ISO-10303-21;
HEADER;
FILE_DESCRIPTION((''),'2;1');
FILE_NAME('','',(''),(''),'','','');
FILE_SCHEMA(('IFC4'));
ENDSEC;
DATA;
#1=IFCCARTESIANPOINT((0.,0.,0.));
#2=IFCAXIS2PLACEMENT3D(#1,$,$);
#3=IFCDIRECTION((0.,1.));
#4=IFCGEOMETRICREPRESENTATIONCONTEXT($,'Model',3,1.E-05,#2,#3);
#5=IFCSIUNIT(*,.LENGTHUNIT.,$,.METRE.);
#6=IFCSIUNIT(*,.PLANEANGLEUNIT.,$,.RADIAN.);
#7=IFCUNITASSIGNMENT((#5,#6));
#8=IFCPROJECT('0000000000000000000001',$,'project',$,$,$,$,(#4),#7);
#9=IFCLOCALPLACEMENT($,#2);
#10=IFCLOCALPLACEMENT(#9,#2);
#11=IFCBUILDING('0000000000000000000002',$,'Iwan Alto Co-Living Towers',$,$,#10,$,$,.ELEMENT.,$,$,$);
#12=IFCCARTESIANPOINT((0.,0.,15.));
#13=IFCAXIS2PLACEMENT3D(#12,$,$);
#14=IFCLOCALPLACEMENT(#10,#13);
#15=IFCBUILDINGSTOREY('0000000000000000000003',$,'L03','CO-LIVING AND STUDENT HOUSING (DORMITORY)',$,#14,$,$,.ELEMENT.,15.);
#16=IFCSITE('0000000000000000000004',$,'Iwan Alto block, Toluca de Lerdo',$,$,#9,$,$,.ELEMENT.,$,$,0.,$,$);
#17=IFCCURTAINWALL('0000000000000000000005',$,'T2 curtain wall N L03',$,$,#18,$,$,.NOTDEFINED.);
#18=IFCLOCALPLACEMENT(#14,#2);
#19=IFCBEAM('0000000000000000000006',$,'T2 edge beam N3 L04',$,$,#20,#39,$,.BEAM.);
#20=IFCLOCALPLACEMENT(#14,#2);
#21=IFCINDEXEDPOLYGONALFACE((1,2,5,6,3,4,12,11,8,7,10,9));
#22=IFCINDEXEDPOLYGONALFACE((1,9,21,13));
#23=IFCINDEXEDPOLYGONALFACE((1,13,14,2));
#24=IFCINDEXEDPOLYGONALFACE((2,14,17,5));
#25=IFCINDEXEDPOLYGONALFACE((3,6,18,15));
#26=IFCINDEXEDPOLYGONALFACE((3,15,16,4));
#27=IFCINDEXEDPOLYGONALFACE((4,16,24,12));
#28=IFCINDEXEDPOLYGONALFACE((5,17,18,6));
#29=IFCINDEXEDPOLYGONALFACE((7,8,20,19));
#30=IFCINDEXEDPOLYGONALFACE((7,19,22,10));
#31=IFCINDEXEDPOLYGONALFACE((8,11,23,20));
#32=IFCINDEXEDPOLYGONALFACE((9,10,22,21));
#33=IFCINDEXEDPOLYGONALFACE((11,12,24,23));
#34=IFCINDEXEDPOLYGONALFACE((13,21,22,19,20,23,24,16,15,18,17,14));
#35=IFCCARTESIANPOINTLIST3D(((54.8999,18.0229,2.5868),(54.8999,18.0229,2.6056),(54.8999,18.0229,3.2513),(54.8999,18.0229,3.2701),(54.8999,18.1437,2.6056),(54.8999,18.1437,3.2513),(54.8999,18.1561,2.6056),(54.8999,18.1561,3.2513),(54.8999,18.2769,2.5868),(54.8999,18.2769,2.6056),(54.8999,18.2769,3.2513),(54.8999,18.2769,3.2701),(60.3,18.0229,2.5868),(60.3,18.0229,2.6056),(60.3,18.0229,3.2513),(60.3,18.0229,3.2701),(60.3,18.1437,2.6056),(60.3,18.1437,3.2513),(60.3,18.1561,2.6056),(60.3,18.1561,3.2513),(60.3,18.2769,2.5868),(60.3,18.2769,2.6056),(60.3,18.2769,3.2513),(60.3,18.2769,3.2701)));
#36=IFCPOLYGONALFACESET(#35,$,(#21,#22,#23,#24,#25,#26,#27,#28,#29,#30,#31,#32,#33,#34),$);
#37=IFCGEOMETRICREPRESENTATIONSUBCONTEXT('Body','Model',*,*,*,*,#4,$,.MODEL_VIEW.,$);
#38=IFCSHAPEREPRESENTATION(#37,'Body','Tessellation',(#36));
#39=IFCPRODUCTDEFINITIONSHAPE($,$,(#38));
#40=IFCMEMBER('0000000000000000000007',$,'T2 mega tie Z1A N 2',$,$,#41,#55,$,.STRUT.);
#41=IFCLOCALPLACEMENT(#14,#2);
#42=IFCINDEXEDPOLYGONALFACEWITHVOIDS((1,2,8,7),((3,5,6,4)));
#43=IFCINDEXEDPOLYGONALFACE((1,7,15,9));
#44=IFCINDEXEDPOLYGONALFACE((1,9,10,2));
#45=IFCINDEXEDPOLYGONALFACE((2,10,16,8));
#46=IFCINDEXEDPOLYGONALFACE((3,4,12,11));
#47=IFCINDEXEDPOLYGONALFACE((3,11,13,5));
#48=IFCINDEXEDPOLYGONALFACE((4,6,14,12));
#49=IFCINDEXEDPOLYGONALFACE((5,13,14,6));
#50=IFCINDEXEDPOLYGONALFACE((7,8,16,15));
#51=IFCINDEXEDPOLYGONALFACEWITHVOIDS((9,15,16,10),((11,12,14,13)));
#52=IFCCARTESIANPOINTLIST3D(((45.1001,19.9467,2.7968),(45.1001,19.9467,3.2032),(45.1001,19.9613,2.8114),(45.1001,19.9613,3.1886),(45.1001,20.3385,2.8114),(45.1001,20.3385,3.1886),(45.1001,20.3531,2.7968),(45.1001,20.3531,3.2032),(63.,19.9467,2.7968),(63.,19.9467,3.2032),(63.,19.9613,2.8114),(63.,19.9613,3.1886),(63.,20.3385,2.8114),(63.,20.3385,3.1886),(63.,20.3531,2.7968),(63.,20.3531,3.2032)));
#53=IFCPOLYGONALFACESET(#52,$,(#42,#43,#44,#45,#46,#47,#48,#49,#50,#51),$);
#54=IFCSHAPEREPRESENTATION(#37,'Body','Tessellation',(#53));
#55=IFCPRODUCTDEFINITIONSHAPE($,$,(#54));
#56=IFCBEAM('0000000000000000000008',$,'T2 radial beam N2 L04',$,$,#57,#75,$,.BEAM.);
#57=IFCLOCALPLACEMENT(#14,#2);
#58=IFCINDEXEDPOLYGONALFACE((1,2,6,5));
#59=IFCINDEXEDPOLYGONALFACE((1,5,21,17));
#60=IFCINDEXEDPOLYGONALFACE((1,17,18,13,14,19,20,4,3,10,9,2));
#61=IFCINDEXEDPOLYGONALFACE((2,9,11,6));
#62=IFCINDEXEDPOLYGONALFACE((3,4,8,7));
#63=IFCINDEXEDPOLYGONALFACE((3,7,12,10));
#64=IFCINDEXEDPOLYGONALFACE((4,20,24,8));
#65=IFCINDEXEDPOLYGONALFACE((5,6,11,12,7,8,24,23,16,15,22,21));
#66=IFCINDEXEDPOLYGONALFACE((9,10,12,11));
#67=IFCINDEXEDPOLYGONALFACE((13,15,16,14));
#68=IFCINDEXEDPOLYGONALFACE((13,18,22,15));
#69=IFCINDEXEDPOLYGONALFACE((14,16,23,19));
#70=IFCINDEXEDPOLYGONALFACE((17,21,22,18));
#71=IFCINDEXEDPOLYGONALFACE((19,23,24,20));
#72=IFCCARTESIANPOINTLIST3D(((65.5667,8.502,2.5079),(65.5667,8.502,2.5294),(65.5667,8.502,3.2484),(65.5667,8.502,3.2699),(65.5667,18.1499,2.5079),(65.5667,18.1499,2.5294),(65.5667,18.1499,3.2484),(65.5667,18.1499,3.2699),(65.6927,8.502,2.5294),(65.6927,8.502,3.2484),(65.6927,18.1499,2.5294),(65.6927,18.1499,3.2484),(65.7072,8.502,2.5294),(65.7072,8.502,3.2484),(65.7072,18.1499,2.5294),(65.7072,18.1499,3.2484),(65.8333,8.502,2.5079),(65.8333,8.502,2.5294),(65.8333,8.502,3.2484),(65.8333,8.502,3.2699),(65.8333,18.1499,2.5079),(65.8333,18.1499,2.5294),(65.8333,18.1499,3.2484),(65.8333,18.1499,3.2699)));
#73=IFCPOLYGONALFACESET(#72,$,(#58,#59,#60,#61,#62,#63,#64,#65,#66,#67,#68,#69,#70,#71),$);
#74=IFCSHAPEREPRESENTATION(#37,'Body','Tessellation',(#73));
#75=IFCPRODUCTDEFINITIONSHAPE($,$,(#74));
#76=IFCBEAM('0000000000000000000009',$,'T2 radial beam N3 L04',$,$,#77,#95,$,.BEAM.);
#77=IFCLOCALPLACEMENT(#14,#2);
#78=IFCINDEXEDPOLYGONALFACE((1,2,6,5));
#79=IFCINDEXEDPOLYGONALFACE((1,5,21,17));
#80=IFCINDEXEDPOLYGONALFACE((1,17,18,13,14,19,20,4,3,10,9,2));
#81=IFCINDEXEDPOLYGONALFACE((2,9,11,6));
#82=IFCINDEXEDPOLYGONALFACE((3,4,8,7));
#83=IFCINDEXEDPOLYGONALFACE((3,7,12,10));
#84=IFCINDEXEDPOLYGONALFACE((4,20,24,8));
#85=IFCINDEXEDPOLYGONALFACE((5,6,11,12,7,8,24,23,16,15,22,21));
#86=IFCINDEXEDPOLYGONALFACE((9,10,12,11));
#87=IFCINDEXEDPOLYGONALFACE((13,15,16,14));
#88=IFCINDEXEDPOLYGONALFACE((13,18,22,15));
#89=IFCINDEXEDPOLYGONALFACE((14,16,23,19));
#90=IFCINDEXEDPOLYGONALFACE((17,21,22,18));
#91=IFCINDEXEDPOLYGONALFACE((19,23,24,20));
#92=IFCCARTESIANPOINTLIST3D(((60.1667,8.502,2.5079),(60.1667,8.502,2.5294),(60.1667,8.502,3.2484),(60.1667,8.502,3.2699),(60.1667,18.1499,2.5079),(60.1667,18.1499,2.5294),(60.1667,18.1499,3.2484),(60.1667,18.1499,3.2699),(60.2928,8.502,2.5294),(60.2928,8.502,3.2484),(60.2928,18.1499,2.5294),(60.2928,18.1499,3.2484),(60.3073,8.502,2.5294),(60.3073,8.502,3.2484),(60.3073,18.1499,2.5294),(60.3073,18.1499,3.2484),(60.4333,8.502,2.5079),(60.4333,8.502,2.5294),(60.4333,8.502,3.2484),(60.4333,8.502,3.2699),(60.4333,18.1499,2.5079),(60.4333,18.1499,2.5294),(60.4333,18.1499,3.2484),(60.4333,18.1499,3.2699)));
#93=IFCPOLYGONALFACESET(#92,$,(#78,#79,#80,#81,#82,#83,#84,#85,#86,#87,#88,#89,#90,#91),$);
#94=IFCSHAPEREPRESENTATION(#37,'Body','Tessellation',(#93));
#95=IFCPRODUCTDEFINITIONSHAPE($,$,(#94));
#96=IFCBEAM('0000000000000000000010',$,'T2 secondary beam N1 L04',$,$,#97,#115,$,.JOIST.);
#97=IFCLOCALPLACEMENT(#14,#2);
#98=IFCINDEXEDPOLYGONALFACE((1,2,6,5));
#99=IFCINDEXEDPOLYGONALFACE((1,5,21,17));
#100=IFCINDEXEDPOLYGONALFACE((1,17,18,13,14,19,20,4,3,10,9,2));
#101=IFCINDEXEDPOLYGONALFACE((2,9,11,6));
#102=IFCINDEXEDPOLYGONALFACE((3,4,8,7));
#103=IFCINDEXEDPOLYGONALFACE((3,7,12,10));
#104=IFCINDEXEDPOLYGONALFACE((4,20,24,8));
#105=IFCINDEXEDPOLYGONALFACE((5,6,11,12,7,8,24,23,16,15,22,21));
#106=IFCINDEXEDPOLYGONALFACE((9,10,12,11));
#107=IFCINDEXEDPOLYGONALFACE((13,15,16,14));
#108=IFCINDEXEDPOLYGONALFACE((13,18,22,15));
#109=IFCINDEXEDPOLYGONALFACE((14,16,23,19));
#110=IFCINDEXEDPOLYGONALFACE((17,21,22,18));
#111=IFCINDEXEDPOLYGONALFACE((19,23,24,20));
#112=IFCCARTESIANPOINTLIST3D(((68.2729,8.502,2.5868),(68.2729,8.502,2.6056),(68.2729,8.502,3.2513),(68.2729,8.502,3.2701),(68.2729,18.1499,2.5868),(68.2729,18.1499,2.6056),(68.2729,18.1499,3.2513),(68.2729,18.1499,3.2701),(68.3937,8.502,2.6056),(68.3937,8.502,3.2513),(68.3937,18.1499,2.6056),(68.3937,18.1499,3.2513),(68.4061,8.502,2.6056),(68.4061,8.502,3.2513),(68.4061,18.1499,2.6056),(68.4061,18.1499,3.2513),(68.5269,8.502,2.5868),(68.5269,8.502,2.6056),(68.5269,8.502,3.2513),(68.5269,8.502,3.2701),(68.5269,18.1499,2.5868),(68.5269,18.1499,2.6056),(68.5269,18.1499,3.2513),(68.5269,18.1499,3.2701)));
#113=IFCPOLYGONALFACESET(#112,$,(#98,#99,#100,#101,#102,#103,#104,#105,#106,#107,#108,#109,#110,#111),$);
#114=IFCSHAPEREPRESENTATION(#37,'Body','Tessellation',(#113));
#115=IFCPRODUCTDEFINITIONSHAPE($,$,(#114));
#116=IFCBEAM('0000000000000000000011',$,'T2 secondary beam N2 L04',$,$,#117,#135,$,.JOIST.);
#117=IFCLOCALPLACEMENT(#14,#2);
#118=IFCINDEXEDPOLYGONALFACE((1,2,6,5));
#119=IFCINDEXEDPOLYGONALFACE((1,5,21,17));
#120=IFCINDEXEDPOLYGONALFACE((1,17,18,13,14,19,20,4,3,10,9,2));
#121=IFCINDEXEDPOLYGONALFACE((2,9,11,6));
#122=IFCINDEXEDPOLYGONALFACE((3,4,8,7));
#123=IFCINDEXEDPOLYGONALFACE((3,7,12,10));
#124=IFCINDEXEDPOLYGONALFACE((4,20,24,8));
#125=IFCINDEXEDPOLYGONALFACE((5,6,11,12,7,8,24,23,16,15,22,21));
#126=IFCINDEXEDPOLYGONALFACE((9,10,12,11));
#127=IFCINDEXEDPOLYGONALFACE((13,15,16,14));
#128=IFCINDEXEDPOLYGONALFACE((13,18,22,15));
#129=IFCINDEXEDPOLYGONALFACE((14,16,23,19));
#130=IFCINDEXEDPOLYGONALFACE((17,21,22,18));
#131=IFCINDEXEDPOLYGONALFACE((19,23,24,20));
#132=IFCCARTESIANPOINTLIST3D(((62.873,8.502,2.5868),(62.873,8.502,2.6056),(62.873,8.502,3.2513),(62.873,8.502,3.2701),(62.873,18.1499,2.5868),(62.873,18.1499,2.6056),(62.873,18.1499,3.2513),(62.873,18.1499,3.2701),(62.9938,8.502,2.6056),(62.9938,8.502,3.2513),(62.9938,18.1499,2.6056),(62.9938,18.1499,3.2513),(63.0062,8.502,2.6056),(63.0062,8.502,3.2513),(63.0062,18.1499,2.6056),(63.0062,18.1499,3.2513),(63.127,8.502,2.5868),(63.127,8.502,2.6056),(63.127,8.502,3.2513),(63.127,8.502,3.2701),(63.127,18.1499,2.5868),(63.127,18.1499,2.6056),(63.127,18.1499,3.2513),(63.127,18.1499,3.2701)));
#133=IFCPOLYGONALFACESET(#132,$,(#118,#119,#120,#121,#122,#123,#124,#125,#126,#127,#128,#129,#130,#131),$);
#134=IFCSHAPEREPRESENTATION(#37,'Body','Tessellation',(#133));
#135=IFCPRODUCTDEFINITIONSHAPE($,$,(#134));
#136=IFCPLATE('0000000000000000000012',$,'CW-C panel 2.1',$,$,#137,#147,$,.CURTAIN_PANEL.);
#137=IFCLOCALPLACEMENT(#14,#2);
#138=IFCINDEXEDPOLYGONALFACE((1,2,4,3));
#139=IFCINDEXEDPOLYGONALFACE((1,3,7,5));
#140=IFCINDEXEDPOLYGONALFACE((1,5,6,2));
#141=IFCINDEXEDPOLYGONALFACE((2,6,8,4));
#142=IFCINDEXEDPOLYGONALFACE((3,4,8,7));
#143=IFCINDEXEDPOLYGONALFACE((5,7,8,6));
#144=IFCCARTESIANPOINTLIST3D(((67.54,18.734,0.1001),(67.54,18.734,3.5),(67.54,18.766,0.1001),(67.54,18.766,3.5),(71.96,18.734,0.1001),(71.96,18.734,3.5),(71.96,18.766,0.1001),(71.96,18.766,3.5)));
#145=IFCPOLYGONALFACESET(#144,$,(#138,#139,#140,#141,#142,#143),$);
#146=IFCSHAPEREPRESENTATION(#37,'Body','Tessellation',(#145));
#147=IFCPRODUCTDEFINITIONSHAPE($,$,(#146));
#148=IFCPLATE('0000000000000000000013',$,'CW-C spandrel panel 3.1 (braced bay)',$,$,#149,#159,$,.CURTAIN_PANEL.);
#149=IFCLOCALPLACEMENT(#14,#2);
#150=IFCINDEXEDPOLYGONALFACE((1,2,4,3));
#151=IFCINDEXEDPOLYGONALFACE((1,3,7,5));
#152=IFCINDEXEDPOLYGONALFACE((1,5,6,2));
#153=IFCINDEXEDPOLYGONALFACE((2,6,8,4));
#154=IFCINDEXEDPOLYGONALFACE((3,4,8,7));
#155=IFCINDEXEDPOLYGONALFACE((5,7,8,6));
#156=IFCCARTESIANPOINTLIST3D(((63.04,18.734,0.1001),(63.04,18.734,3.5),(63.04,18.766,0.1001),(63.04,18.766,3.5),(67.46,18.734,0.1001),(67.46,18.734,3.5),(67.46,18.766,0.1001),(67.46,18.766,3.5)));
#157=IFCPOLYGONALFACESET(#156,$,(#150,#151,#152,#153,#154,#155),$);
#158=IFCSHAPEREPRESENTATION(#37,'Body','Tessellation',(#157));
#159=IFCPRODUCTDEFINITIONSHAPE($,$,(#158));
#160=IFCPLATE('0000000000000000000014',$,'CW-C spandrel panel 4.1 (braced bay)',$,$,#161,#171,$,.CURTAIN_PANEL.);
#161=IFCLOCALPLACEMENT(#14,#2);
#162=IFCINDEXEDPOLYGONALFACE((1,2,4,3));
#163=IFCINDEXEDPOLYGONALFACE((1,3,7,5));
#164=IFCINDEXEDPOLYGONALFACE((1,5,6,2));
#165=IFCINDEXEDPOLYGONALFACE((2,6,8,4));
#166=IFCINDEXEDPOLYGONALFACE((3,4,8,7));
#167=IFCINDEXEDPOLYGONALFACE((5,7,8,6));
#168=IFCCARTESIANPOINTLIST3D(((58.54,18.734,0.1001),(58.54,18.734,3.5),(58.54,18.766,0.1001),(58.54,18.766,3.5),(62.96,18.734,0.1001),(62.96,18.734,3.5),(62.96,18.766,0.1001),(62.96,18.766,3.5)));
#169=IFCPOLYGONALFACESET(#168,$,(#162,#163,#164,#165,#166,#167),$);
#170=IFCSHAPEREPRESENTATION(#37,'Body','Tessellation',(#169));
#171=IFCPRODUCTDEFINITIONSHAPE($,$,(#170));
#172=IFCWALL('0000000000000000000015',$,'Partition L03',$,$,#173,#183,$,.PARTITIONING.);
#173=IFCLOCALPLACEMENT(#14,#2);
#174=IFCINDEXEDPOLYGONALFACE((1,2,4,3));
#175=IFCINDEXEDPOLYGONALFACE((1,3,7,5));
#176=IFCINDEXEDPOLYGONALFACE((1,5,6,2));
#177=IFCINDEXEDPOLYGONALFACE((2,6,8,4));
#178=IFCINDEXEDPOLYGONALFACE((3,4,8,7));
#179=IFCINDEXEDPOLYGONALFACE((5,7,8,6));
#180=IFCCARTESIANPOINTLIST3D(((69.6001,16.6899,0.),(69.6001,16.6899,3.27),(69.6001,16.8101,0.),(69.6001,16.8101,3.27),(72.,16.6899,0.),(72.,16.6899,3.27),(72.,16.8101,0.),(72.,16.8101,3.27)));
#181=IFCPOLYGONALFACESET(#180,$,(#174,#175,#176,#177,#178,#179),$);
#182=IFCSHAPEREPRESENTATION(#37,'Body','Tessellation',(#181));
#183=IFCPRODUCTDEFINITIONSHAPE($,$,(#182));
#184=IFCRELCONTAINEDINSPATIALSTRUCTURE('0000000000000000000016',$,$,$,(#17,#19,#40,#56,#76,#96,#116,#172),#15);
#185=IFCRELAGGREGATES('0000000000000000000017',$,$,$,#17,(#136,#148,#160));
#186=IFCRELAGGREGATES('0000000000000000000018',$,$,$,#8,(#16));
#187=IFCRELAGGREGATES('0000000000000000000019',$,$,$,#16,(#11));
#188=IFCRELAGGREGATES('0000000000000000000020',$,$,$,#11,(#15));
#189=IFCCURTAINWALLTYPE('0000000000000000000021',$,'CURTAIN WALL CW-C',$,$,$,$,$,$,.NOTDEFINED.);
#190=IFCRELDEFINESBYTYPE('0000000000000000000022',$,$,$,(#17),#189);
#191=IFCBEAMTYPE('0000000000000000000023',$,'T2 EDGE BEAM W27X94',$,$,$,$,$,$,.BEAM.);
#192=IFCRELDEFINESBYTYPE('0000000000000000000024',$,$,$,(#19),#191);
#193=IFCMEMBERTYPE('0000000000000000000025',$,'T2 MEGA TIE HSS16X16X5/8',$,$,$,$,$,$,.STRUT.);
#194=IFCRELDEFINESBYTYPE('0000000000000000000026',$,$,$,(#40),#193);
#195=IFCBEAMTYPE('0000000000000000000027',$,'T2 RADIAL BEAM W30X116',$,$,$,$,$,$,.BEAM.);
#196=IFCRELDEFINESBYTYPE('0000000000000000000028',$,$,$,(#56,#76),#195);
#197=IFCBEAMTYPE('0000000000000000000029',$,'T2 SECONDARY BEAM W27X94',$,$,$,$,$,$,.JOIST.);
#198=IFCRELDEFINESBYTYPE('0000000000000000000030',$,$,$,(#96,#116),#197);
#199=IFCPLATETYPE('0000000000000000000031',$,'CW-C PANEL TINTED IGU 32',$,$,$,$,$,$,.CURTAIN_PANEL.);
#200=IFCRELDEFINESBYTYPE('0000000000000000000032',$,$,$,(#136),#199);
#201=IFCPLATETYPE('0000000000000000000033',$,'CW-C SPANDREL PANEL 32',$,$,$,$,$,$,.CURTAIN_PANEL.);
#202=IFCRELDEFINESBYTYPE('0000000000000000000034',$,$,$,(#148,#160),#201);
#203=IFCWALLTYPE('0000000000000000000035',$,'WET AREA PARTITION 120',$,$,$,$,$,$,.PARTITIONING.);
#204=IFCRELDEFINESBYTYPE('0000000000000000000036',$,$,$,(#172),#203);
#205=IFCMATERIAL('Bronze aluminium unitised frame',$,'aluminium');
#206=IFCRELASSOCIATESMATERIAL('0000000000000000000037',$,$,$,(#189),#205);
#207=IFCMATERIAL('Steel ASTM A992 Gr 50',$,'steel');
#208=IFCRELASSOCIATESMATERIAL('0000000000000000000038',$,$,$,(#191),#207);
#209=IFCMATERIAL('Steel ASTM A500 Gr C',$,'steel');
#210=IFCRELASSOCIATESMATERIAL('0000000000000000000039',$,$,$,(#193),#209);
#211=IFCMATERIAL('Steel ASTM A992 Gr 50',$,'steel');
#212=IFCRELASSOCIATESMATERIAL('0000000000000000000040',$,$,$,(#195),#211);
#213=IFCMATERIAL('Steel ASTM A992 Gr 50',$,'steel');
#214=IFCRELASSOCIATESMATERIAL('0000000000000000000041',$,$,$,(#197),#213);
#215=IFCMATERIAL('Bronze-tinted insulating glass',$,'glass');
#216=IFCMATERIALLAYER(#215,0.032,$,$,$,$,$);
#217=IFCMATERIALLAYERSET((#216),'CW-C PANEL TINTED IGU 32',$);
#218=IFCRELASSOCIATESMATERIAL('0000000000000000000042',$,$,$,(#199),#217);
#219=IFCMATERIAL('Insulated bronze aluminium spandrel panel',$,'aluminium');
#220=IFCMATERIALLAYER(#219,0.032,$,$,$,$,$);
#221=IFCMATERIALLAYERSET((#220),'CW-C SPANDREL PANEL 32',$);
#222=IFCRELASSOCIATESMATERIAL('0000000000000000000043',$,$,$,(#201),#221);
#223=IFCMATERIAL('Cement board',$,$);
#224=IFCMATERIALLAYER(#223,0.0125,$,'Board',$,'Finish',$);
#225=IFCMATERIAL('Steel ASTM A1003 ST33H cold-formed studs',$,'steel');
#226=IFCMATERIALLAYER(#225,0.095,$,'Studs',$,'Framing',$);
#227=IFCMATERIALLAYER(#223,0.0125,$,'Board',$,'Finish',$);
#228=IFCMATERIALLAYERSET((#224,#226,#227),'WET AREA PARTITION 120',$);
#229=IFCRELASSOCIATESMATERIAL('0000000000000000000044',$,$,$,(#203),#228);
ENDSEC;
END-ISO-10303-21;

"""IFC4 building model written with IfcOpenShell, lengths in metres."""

from ifc_helpers import new_model, si_unit, direction, frame, frame_2d, origin, origin_2d, place, context, subcontext, project, spatial, rectangle, hollow_rectangle, i_section, extrude, material, layer, layer_set, material_profile, profile_set, type_object, element, aggregate, save


model = new_model("IFC4")

# Units and contexts
model_context = context("Model", 3, precision=1e-05, world=origin(), true_north=direction((0.0, 1.0)))
body_context = subcontext(model_context, "Body", "Model", "MODEL_VIEW")
ifc_project = project(units=[si_unit("LENGTHUNIT", "METRE"), si_unit("PLANEANGLEUNIT", "RADIAN")], contexts=[model_context])

# Site, building, storey
site_placement = place(None, origin())
site = spatial("IfcSite", under=ifc_project, at=site_placement, Name="Iwan Alto block, Toluca de Lerdo", CompositionType="ELEMENT", RefElevation=0.0)
building_placement = place(site_placement, origin())
building = spatial("IfcBuilding", under=site, at=building_placement, Name="Iwan Alto Co-Living Towers", CompositionType="ELEMENT")
storey_placement = place(building_placement, frame((0.0, 0.0, 15.0)))
storey = spatial("IfcBuildingStorey", under=building, at=storey_placement, Name="L03", Description="CO-LIVING AND STUDENT HOUSING (DORMITORY)", CompositionType="ELEMENT", Elevation=15.0)

# Curtain wall
ifc_material_1 = material(Name="Bronze aluminium unitised frame", Category="aluminium")
curtain_wall_type = type_object("IfcCurtainWallType", Name="CURTAIN WALL CW-C", PredefinedType="NOTDEFINED", material=ifc_material_1)
curtain_wall_placement = place(storey_placement, origin())
curtain_wall = element("IfcCurtainWall", 1, at=curtain_wall_placement, inside=storey, type_object=curtain_wall_type, Name="T2 curtain wall N L03", PredefinedType="NOTDEFINED")

# Beam
ifc_material_2 = material(Name="Steel ASTM A992 Gr 50", Category="steel")
ifc_material_profile_1 = material_profile(ifc_material_2, i_section(OverallWidth=0.2539, OverallDepth=0.6833, WebThickness=0.0125, FlangeThickness=0.0188, at=origin_2d()), Name="W27X94")
ifc_profile_set_1 = profile_set([ifc_material_profile_1], Name="Steel ASTM A992 Gr 50")
beam_type_1 = type_object("IfcBeamType", Name="T2 EDGE BEAM W27X94", PredefinedType="BEAM", material=ifc_profile_set_1)
beam_1_placement = place(storey_placement, frame((60.3, 18.1499, 2.9285), z_axis=(-1.0, 0.0, 0.0), x_axis=(0.0, -1.0, 0.0)))
element("IfcBeam", 2, at=beam_1_placement, inside=storey, type_object=beam_type_1, Name="T2 edge beam N3 L04", PredefinedType="BEAM", context=body_context, shape_type="SweptSolid", body=[
    extrude(i_section(OverallWidth=0.2539, OverallDepth=0.6833, WebThickness=0.0125, FlangeThickness=0.0188, at=origin_2d()), origin(), (0.0, 0.0, 1.0), 5.4001),
])

# Member
ifc_material_3 = material(Name="Steel ASTM A500 Gr C", Category="steel")
ifc_material_profile_2 = material_profile(ifc_material_3, hollow_rectangle(XDim=0.4065, YDim=0.4065, WallThickness=0.0146, at=origin_2d()), Name="HSS16X16X5/8")
ifc_profile_set_2 = profile_set([ifc_material_profile_2], Name="Steel ASTM A500 Gr C")
member_type_1 = type_object("IfcMemberType", Name="T2 MEGA TIE HSS16X16X5/8", PredefinedType="STRUT", material=ifc_profile_set_2)
member_1_placement = place(storey_placement, frame((63.0, 20.1499, 3.0), z_axis=(-1.0, 0.0, 0.0), x_axis=(0.0, -1.0, 0.0)))
element("IfcMember", 3, at=member_1_placement, inside=storey, type_object=member_type_1, Name="T2 mega tie Z1A N 2", PredefinedType="STRUT", context=body_context, shape_type="SweptSolid", body=[
    extrude(hollow_rectangle(XDim=0.4065, YDim=0.4065, WallThickness=0.0146, at=origin_2d()), origin(), (0.0, 0.0, 1.0), 17.8999),
])

# Beams
ifc_material_4 = material(Name="Steel ASTM A992 Gr 50", Category="steel")
ifc_material_profile_3 = material_profile(ifc_material_4, i_section(OverallWidth=0.2666, OverallDepth=0.762, WebThickness=0.0144, FlangeThickness=0.0215, at=origin_2d()), Name="W30X116")
ifc_profile_set_3 = profile_set([ifc_material_profile_3], Name="Steel ASTM A992 Gr 50")
beam_type_2 = type_object("IfcBeamType", Name="T2 RADIAL BEAM W30X116", PredefinedType="BEAM", material=ifc_profile_set_3)
for number, where, z_axis, x_axis, name in (
    (4, (65.7, 18.1499, 2.8889), (0.0, -1.0, 0.0), (1.0, 0.0, 0.0), "T2 radial beam N2 L04"),
    (5, (60.3, 18.1499, 2.8889), (0.0, -1.0, 0.0), (1.0, 0.0, 0.0), "T2 radial beam N3 L04"),
):
    element("IfcBeam", number, at=place(storey_placement, frame(where, z_axis=z_axis, x_axis=x_axis)), inside=storey, type_object=beam_type_2, Name=name, PredefinedType="BEAM", context=body_context, shape_type="SweptSolid", body=[
        extrude(i_section(OverallWidth=0.2666, OverallDepth=0.762, WebThickness=0.0144, FlangeThickness=0.0215, at=origin_2d()), origin(), (0.0, 0.0, 1.0), 9.6479),
    ])
ifc_material_5 = material(Name="Steel ASTM A992 Gr 50", Category="steel")
ifc_material_profile_4 = material_profile(ifc_material_5, i_section(OverallWidth=0.2539, OverallDepth=0.6833, WebThickness=0.0125, FlangeThickness=0.0188, at=origin_2d()), Name="W27X94")
ifc_profile_set_4 = profile_set([ifc_material_profile_4], Name="Steel ASTM A992 Gr 50")
beam_type_3 = type_object("IfcBeamType", Name="T2 SECONDARY BEAM W27X94", PredefinedType="JOIST", material=ifc_profile_set_4)
for number, where, z_axis, x_axis, name in (
    (6, (68.3999, 18.1499, 2.9285), (0.0, -1.0, 0.0), (1.0, 0.0, 0.0), "T2 secondary beam N1 L04"),
    (7, (63.0, 18.1499, 2.9285), (0.0, -1.0, 0.0), (1.0, 0.0, 0.0), "T2 secondary beam N2 L04"),
):
    element("IfcBeam", number, at=place(storey_placement, frame(where, z_axis=z_axis, x_axis=x_axis)), inside=storey, type_object=beam_type_3, Name=name, PredefinedType="JOIST", context=body_context, shape_type="SweptSolid", body=[
        extrude(i_section(OverallWidth=0.2539, OverallDepth=0.6833, WebThickness=0.0125, FlangeThickness=0.0188, at=origin_2d()), origin(), (0.0, 0.0, 1.0), 9.6479),
    ])

# Plates
ifc_material_6 = material(Name="Bronze-tinted insulating glass", Category="glass")
ifc_layer_1 = layer(ifc_material_6, 0.032)
ifc_layer_set_1 = layer_set([ifc_layer_1], Name="CW-C PANEL TINTED IGU 32")
plate_type_1 = type_object("IfcPlateType", Name="CW-C PANEL TINTED IGU 32", PredefinedType="CURTAIN_PANEL", material=ifc_layer_set_1)
plate_1_placement = place(storey_placement, frame((69.75, 18.75, 0.1001), z_axis=(0.0, 0.0, 1.0), x_axis=(-1.0, 0.0, 0.0)))
plate_1 = element("IfcPlate", 8, at=plate_1_placement, type_object=plate_type_1, Name="CW-C panel 2.1", PredefinedType="CURTAIN_PANEL", context=body_context, shape_type="SweptSolid", body=[
    extrude(rectangle(XDim=4.4199, YDim=0.032, at=origin_2d()), origin(), (0.0, 0.0, 1.0), 3.3999),
])
ifc_material_7 = material(Name="Insulated bronze aluminium spandrel panel", Category="aluminium")
ifc_layer_2 = layer(ifc_material_7, 0.032)
ifc_layer_set_2 = layer_set([ifc_layer_2], Name="CW-C SPANDREL PANEL 32")
plate_type_2 = type_object("IfcPlateType", Name="CW-C SPANDREL PANEL 32", PredefinedType="CURTAIN_PANEL", material=ifc_layer_set_2)
plate_2_placement = place(storey_placement, frame((65.25, 18.75, 0.1001), z_axis=(0.0, 0.0, 1.0), x_axis=(-1.0, 0.0, 0.0)))
plate_2 = element("IfcPlate", 9, at=plate_2_placement, type_object=plate_type_2, Name="CW-C spandrel panel 3.1 (braced bay)", PredefinedType="CURTAIN_PANEL", context=body_context, shape_type="SweptSolid", body=[
    extrude(rectangle(XDim=4.4199, YDim=0.032, at=origin_2d()), origin(), (0.0, 0.0, 1.0), 3.3999),
])
plate_3_placement = place(storey_placement, frame((60.75, 18.75, 0.1001), z_axis=(0.0, 0.0, 1.0), x_axis=(-1.0, 0.0, 0.0)))
plate_3 = element("IfcPlate", 10, at=plate_3_placement, type_object=plate_type_2, Name="CW-C spandrel panel 4.1 (braced bay)", PredefinedType="CURTAIN_PANEL", context=body_context, shape_type="SweptSolid", body=[
    extrude(rectangle(XDim=4.4199, YDim=0.032, at=origin_2d()), origin(), (0.0, 0.0, 1.0), 3.3999),
])
aggregate(curtain_wall, [plate_1, plate_2, plate_3])

# Wall
ifc_material_8 = material(Name="Cement board")
ifc_layer_3 = layer(ifc_material_8, 0.0125, Name="Board", Category="Finish")
ifc_material_9 = material(Name="Steel ASTM A1003 ST33H cold-formed studs", Category="steel")
ifc_layer_4 = layer(ifc_material_9, 0.095, Name="Studs", Category="Framing")
ifc_layer_5 = layer(ifc_material_8, 0.0125, Name="Board", Category="Finish")
ifc_layer_set_3 = layer_set([ifc_layer_3, ifc_layer_4, ifc_layer_5], Name="WET AREA PARTITION 120")
wall_type = type_object("IfcWallType", Name="WET AREA PARTITION 120", PredefinedType="PARTITIONING", material=ifc_layer_set_3)
wall_placement = place(storey_placement, frame((69.6001, 16.75, 0.0), z_axis=(0.0, 0.0, 1.0), x_axis=(1.0, 0.0, 0.0)))
element("IfcWall", 11, at=wall_placement, inside=storey, type_object=wall_type, Name="Partition L03", PredefinedType="PARTITIONING", context=body_context, shape_type="SweptSolid", body=[
    extrude(rectangle(XDim=2.3999, YDim=0.1201, at=frame_2d((1.2, 0.0))), origin(), (0.0, 0.0, 1.0), 3.27),
])

save(model, "model.ifc")
